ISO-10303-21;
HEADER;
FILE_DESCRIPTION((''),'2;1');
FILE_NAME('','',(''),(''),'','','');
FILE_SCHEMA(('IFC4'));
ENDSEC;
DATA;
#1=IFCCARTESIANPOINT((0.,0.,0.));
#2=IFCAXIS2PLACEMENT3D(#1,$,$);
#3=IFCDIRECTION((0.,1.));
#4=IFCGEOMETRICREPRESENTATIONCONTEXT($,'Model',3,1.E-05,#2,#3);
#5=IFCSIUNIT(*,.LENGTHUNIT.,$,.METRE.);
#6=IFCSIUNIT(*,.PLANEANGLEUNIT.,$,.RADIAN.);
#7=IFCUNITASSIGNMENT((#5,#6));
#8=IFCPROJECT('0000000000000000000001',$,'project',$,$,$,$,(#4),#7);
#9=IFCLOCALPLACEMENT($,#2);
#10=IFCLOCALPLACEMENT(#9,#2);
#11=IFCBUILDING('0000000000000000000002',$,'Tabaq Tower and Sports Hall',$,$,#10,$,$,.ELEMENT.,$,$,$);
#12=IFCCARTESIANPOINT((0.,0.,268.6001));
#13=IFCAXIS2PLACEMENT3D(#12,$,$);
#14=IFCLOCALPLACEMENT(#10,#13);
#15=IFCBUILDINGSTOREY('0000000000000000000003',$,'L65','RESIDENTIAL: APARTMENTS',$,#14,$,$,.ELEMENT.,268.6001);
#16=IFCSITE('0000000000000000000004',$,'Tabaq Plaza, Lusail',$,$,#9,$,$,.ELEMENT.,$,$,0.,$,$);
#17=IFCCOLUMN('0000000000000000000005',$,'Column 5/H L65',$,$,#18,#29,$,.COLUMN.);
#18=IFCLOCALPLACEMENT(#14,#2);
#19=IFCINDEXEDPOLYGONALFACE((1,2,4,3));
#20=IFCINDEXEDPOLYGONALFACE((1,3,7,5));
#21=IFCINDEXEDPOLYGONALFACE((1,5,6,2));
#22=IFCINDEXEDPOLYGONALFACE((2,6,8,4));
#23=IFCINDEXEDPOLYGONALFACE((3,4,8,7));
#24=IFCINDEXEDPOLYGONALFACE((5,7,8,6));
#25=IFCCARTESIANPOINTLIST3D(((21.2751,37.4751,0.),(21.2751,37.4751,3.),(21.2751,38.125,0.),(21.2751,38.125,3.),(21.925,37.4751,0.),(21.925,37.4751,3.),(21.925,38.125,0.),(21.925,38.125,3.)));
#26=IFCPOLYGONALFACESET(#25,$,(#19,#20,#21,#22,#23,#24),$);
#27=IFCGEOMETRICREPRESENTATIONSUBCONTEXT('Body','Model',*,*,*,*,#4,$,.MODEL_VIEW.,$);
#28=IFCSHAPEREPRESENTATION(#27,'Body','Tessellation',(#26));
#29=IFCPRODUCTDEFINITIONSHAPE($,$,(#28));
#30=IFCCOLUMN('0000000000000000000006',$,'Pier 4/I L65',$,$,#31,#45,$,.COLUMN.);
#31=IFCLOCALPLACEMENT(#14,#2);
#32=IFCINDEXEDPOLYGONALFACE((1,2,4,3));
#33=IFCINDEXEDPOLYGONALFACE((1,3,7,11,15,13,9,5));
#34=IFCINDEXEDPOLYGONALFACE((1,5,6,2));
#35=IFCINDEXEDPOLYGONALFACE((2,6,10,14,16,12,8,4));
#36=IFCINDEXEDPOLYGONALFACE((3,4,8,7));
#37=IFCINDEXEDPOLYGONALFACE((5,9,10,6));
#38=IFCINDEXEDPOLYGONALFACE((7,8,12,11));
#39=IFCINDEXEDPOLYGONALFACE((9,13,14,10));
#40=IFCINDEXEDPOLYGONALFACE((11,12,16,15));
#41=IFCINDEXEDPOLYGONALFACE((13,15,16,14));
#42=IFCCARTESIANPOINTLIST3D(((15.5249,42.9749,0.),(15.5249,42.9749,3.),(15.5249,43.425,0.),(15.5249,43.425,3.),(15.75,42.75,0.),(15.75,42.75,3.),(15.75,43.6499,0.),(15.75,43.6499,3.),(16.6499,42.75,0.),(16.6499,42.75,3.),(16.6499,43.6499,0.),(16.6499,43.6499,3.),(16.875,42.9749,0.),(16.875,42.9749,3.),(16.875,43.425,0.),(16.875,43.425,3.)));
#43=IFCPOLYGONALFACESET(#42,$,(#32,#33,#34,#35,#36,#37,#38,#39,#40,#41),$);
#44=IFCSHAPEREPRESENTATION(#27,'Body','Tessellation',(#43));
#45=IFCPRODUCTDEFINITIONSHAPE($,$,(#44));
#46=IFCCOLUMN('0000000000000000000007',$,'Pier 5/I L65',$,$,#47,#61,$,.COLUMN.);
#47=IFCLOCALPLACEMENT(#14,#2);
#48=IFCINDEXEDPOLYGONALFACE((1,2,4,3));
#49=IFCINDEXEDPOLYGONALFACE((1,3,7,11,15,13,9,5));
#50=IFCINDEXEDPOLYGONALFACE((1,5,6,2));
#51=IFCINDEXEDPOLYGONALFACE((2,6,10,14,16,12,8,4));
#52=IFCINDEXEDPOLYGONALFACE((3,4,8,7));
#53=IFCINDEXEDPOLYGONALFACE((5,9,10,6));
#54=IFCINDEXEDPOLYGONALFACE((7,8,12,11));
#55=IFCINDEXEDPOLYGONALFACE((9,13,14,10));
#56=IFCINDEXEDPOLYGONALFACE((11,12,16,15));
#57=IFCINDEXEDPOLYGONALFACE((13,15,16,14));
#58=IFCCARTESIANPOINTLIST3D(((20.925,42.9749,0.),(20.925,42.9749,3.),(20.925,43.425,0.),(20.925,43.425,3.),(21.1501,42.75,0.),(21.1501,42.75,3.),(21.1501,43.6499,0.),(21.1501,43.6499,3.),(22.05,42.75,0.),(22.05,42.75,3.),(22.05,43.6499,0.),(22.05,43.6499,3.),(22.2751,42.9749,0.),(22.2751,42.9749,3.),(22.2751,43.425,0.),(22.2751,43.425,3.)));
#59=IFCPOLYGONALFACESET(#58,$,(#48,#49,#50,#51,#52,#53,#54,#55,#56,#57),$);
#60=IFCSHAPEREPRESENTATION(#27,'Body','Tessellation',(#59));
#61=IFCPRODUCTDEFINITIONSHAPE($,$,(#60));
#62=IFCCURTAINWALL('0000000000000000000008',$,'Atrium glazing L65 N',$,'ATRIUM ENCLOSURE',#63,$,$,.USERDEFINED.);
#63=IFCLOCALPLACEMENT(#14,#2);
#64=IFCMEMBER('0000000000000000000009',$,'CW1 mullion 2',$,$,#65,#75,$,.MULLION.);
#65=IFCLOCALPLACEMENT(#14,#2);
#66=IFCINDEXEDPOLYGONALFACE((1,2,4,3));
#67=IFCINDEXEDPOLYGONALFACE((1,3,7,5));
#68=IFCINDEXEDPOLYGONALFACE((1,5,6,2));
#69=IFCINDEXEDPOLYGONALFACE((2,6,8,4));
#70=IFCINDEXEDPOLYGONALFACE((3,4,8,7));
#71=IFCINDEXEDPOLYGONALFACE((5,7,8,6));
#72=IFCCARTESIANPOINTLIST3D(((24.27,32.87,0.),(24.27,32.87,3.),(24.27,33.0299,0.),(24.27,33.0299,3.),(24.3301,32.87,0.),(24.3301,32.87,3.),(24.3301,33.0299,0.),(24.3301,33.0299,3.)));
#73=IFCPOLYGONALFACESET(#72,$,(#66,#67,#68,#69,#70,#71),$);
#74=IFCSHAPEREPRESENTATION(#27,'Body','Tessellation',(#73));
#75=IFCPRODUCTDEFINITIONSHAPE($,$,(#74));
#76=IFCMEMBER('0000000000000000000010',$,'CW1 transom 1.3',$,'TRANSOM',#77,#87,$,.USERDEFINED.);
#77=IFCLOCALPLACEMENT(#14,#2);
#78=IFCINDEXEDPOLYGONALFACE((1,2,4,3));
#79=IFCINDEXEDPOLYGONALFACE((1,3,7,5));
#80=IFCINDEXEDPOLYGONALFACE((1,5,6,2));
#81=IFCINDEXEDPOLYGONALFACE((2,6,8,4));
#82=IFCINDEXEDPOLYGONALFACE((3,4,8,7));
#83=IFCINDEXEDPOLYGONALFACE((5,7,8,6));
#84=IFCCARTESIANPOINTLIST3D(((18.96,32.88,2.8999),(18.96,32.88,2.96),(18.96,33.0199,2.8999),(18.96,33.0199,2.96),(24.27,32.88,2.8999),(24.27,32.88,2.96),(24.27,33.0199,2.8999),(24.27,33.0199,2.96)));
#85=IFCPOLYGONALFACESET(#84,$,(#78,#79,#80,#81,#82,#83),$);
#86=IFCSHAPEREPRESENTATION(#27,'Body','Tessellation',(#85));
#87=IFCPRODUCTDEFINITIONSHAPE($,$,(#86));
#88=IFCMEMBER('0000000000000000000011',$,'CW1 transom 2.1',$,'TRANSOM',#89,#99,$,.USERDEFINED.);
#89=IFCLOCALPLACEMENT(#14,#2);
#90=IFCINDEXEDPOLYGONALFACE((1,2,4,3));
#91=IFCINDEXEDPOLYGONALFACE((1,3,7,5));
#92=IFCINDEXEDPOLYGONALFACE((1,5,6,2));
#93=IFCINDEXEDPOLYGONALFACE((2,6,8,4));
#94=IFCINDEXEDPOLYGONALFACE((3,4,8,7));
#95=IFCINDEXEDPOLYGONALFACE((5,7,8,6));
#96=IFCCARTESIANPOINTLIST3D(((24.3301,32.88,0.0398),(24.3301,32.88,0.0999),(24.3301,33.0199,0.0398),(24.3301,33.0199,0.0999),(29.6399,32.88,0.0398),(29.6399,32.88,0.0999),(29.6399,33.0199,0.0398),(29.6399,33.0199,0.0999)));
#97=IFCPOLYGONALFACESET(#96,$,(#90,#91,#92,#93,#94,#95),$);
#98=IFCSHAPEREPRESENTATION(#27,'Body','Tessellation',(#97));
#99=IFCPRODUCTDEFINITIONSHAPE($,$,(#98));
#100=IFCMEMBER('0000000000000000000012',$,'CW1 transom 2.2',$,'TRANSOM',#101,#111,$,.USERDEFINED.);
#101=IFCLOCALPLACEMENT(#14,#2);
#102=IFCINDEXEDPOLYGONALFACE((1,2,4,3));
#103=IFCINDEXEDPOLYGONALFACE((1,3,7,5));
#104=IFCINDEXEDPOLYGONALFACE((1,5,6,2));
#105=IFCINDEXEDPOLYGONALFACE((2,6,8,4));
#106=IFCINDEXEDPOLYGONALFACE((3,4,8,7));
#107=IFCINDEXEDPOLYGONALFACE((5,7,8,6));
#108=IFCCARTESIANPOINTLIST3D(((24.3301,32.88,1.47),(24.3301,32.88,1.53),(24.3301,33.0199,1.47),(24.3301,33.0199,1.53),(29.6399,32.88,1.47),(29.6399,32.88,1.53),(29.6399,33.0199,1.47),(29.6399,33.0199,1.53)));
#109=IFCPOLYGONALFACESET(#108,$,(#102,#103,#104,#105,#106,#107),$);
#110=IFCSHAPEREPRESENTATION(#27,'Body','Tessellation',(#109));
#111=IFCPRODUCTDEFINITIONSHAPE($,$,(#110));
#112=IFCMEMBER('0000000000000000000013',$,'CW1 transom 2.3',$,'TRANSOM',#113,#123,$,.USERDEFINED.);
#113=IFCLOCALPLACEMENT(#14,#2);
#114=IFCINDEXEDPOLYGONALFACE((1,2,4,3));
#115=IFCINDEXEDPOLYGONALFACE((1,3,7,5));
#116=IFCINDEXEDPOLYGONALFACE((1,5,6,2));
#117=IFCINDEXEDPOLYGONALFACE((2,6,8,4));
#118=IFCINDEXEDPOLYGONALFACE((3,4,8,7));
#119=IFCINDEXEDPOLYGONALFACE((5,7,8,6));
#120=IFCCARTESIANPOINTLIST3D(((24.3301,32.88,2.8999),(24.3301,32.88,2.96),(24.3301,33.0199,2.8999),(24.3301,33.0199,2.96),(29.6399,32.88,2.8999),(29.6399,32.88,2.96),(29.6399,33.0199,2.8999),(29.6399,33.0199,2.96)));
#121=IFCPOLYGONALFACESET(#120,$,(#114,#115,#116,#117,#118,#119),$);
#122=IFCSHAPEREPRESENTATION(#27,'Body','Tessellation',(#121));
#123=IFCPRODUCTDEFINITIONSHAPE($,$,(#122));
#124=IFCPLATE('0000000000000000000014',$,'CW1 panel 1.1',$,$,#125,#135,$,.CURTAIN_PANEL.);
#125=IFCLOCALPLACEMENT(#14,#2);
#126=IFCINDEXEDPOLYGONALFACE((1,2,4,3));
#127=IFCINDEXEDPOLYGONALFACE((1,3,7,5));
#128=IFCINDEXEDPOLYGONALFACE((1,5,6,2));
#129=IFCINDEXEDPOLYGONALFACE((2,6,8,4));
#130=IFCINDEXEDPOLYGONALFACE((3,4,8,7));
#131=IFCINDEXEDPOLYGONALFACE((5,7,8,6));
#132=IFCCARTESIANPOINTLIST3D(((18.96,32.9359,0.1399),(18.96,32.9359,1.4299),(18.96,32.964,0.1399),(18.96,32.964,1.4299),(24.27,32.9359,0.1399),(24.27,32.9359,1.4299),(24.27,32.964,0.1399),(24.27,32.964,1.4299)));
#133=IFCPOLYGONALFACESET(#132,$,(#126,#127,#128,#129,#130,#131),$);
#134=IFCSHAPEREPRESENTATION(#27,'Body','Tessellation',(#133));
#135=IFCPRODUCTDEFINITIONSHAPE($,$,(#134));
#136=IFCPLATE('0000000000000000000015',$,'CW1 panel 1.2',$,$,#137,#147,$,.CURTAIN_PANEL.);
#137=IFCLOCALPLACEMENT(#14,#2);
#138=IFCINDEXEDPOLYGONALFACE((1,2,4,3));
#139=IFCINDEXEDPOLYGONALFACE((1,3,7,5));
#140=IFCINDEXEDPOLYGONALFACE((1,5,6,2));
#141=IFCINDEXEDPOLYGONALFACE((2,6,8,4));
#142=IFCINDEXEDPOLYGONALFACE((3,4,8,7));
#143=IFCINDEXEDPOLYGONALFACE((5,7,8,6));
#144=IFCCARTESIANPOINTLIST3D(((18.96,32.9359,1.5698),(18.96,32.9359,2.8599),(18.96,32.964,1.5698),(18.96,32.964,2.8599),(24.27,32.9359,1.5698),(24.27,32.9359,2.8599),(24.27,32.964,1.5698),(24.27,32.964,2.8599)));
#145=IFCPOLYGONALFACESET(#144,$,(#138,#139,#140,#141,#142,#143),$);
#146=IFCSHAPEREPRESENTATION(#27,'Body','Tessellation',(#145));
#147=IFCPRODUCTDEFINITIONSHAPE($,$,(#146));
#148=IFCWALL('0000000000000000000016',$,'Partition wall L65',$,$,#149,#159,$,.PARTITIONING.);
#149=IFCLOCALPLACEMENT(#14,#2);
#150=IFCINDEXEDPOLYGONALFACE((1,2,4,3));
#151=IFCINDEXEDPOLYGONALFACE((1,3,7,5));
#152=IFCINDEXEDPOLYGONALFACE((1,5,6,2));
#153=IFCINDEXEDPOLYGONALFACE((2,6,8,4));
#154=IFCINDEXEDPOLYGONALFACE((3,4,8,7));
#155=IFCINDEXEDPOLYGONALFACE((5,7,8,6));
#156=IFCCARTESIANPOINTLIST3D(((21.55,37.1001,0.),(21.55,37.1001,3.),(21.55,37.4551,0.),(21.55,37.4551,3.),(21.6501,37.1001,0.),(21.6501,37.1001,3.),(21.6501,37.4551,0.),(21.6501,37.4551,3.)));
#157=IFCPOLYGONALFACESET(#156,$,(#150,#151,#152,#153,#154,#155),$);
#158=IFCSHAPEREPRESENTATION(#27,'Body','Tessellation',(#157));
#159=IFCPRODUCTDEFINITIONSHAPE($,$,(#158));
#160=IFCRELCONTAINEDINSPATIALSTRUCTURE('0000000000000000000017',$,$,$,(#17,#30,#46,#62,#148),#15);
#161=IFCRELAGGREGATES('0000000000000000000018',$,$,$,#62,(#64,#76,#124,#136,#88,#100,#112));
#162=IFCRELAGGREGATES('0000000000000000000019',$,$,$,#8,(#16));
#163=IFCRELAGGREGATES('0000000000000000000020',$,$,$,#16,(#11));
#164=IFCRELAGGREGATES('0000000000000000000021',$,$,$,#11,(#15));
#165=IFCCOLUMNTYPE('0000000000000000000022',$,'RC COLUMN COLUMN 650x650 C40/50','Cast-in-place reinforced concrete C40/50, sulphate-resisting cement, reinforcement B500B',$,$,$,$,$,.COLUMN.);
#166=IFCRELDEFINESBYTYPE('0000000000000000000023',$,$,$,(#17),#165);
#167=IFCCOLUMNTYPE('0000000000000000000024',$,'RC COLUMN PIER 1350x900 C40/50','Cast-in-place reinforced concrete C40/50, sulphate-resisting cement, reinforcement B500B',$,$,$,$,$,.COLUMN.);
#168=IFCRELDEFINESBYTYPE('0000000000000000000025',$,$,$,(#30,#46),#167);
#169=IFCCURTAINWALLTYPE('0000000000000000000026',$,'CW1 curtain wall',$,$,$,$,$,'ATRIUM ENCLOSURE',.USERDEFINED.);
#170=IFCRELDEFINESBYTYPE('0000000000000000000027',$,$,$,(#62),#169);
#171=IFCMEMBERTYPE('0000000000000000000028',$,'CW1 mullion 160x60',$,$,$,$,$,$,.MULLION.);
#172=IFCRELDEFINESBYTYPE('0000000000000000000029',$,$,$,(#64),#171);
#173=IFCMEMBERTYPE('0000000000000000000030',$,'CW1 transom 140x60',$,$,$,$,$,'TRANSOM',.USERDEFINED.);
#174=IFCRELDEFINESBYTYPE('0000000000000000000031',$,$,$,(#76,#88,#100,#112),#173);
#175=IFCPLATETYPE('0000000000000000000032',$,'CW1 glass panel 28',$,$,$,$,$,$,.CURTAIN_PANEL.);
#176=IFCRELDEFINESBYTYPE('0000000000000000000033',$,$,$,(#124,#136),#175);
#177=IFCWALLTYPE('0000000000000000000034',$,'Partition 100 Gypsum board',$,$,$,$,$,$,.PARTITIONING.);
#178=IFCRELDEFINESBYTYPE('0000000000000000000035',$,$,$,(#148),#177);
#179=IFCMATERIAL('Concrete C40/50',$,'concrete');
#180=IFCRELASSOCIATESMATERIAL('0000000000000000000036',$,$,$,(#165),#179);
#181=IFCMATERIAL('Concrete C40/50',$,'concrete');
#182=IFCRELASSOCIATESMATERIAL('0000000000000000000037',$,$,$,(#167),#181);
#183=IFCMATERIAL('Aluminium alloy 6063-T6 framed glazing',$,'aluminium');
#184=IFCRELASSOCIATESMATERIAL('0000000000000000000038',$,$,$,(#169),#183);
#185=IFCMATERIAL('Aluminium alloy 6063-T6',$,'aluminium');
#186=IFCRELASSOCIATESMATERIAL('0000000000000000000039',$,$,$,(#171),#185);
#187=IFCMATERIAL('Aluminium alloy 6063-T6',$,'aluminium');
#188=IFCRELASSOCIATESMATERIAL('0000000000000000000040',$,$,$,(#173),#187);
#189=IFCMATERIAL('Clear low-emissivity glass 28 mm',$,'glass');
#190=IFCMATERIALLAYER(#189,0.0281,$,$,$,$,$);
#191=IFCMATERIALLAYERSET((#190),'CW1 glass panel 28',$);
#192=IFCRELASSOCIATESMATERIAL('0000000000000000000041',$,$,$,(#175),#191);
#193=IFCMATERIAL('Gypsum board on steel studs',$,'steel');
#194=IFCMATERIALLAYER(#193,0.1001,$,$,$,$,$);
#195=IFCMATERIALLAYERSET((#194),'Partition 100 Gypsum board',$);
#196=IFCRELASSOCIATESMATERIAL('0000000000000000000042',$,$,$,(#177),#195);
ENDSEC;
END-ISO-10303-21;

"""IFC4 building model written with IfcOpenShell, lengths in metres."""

from ifc_helpers import new_model, si_unit, direction, frame, frame_2d, origin, origin_2d, place, context, subcontext, project, spatial, polyline, rectangle, outline, extrude, material, layer, layer_set, material_profile, profile_set, type_object, element, aggregate, save


model = new_model("IFC4")

# Units and contexts
model_context = context("Model", 3, precision=1e-05, world=origin(), true_north=direction((0.0, 1.0)))
body_context = subcontext(model_context, "Body", "Model", "MODEL_VIEW")
ifc_project = project(units=[si_unit("LENGTHUNIT", "METRE"), si_unit("PLANEANGLEUNIT", "RADIAN")], contexts=[model_context])

# Site, building, storey
site_placement = place(None, origin())
site = spatial("IfcSite", under=ifc_project, at=site_placement, Name="Tabaq Plaza, Lusail", CompositionType="ELEMENT", RefElevation=0.0)
building_placement = place(site_placement, origin())
building = spatial("IfcBuilding", under=site, at=building_placement, Name="Tabaq Tower and Sports Hall", CompositionType="ELEMENT")
storey_placement = place(building_placement, frame((0.0, 0.0, 268.6001)))
storey = spatial("IfcBuildingStorey", under=building, at=storey_placement, Name="L65", Description="RESIDENTIAL: APARTMENTS", CompositionType="ELEMENT", Elevation=268.6001)

# Columns
ifc_material_1 = material(Name="Concrete C40/50", Category="concrete")
ifc_material_profile_1 = material_profile(ifc_material_1, rectangle(XDim=0.6499, YDim=0.6499, at=origin_2d()), Name="COLUMN 650x650")
ifc_profile_set_1 = profile_set([ifc_material_profile_1], Name="Concrete C40/50")
column_type_1 = type_object("IfcColumnType", Name="RC COLUMN COLUMN 650x650 C40/50", Description="Cast-in-place reinforced concrete C40/50, sulphate-resisting cement, reinforcement B500B", PredefinedType="COLUMN", material=ifc_profile_set_1)
column_placement = place(storey_placement, frame((21.6001, 37.8, 0.0), z_axis=(0.0, 0.0, 1.0), x_axis=(1.0, 0.0, 0.0)))
element("IfcColumn", 1, at=column_placement, inside=storey, type_object=column_type_1, Name="Column 5/H L65", PredefinedType="COLUMN", context=body_context, shape_type="SweptSolid", body=[
    extrude(rectangle(XDim=0.6499, YDim=0.6499, at=origin_2d()), origin(), (0.0, 0.0, 1.0), 3.0),
])
ifc_material_2 = material(Name="Concrete C40/50", Category="concrete")
ifc_material_profile_2 = material_profile(ifc_material_2, outline(polyline([(-0.45, -0.45), (0.45, -0.45), (0.675, -0.2251), (0.675, 0.2251), (0.45, 0.45), (-0.45, 0.45), (-0.675, 0.2251), (-0.675, -0.2251), (-0.45, -0.45)])), Name="PIER 1350x900")
ifc_profile_set_2 = profile_set([ifc_material_profile_2], Name="Concrete C40/50")
column_type_2 = type_object("IfcColumnType", Name="RC COLUMN PIER 1350x900 C40/50", Description="Cast-in-place reinforced concrete C40/50, sulphate-resisting cement, reinforcement B500B", PredefinedType="COLUMN", material=ifc_profile_set_2)
for number, where, z_axis, x_axis, name in (
    (2, (16.2, 43.2, 0.0), (0.0, 0.0, 1.0), (1.0, 0.0, 0.0), "Pier 4/I L65"),
    (3, (21.6001, 43.2, 0.0), (0.0, 0.0, 1.0), (1.0, 0.0, 0.0), "Pier 5/I L65"),
):
    element("IfcColumn", number, at=place(storey_placement, frame(where, z_axis=z_axis, x_axis=x_axis)), inside=storey, type_object=column_type_2, Name=name, PredefinedType="COLUMN", context=body_context, shape_type="SweptSolid", body=[
        extrude(outline(polyline([(-0.45, -0.45), (0.45, -0.45), (0.675, -0.2251), (0.675, 0.2251), (0.45, 0.45), (-0.45, 0.45), (-0.675, 0.2251), (-0.675, -0.2251), (-0.45, -0.45)])), origin(), (0.0, 0.0, 1.0), 3.0),
    ])

# Curtain wall, members, plates
ifc_material_3 = material(Name="Aluminium alloy 6063-T6 framed glazing", Category="aluminium")
curtain_wall_type = type_object("IfcCurtainWallType", Name="CW1 curtain wall", ElementType="ATRIUM ENCLOSURE", PredefinedType="USERDEFINED", material=ifc_material_3)
curtain_wall_placement = place(storey_placement, origin())
curtain_wall = element("IfcCurtainWall", 4, at=curtain_wall_placement, inside=storey, type_object=curtain_wall_type, Name="Atrium glazing L65 N", ObjectType="ATRIUM ENCLOSURE", PredefinedType="USERDEFINED")
ifc_material_4 = material(Name="Aluminium alloy 6063-T6", Category="aluminium")
ifc_material_profile_3 = material_profile(ifc_material_4, rectangle(XDim=0.1599, YDim=0.0601, at=origin_2d()), Name="MULLION 160x60")
ifc_profile_set_3 = profile_set([ifc_material_profile_3], Name="Aluminium alloy 6063-T6")
member_type_1 = type_object("IfcMemberType", Name="CW1 mullion 160x60", PredefinedType="MULLION", material=ifc_profile_set_3)
member_1_placement = place(storey_placement, frame((24.3, 32.95, 0.0), z_axis=(0.0, 0.0, 1.0), x_axis=(0.0, 1.0, 0.0)))
member_1 = element("IfcMember", 5, at=member_1_placement, type_object=member_type_1, Name="CW1 mullion 2", PredefinedType="MULLION", context=body_context, shape_type="SweptSolid", body=[
    extrude(rectangle(XDim=0.1599, YDim=0.0601, at=origin_2d()), origin(), (0.0, 0.0, 1.0), 3.0),
])
ifc_material_5 = material(Name="Aluminium alloy 6063-T6", Category="aluminium")
ifc_material_profile_4 = material_profile(ifc_material_5, rectangle(XDim=0.1399, YDim=0.0601, at=origin_2d()), Name="TRANSOM 140x60")
ifc_profile_set_4 = profile_set([ifc_material_profile_4], Name="Aluminium alloy 6063-T6")
member_type_2 = type_object("IfcMemberType", Name="CW1 transom 140x60", ElementType="TRANSOM", PredefinedType="USERDEFINED", material=ifc_profile_set_4)
member_2_placement = place(storey_placement, frame((18.96, 32.95, 2.9299), z_axis=(1.0, 0.0, 0.0), x_axis=(0.0, 1.0, 0.0)))
member_2 = element("IfcMember", 6, at=member_2_placement, type_object=member_type_2, Name="CW1 transom 1.3", ObjectType="TRANSOM", PredefinedType="USERDEFINED", context=body_context, shape_type="SweptSolid", body=[
    extrude(rectangle(XDim=0.1399, YDim=0.0601, at=origin_2d()), origin(), (0.0, 0.0, 1.0), 5.3101),
])
member_3_placement = place(storey_placement, frame((24.3301, 32.95, 0.0698), z_axis=(1.0, 0.0, 0.0), x_axis=(0.0, 1.0, 0.0)))
member_3 = element("IfcMember", 7, at=member_3_placement, type_object=member_type_2, Name="CW1 transom 2.1", ObjectType="TRANSOM", PredefinedType="USERDEFINED", context=body_context, shape_type="SweptSolid", body=[
    extrude(rectangle(XDim=0.1399, YDim=0.0601, at=origin_2d()), origin(), (0.0, 0.0, 1.0), 5.3098),
])
member_4_placement = place(storey_placement, frame((24.3301, 32.95, 1.5), z_axis=(1.0, 0.0, 0.0), x_axis=(0.0, 1.0, 0.0)))
member_4 = element("IfcMember", 8, at=member_4_placement, type_object=member_type_2, Name="CW1 transom 2.2", ObjectType="TRANSOM", PredefinedType="USERDEFINED", context=body_context, shape_type="SweptSolid", body=[
    extrude(rectangle(XDim=0.1399, YDim=0.0601, at=origin_2d()), origin(), (0.0, 0.0, 1.0), 5.3098),
])
member_5_placement = place(storey_placement, frame((24.3301, 32.95, 2.9299), z_axis=(1.0, 0.0, 0.0), x_axis=(0.0, 1.0, 0.0)))
member_5 = element("IfcMember", 9, at=member_5_placement, type_object=member_type_2, Name="CW1 transom 2.3", ObjectType="TRANSOM", PredefinedType="USERDEFINED", context=body_context, shape_type="SweptSolid", body=[
    extrude(rectangle(XDim=0.1399, YDim=0.0601, at=origin_2d()), origin(), (0.0, 0.0, 1.0), 5.3098),
])
ifc_material_6 = material(Name="Clear low-emissivity glass 28 mm", Category="glass")
ifc_layer_1 = layer(ifc_material_6, 0.0281)
ifc_layer_set_1 = layer_set([ifc_layer_1], Name="CW1 glass panel 28")
plate_type = type_object("IfcPlateType", Name="CW1 glass panel 28", PredefinedType="CURTAIN_PANEL", material=ifc_layer_set_1)
plate_1_placement = place(storey_placement, frame((21.615, 32.95, 0.1399), z_axis=(0.0, 0.0, 1.0), x_axis=(1.0, 0.0, 0.0)))
plate_1 = element("IfcPlate", 10, at=plate_1_placement, type_object=plate_type, Name="CW1 panel 1.1", PredefinedType="CURTAIN_PANEL", context=body_context, shape_type="SweptSolid", body=[
    extrude(rectangle(XDim=5.3101, YDim=0.0281, at=origin_2d()), origin(), (0.0, 0.0, 1.0), 1.29),
])
plate_2_placement = place(storey_placement, frame((21.615, 32.95, 1.5698), z_axis=(0.0, 0.0, 1.0), x_axis=(1.0, 0.0, 0.0)))
plate_2 = element("IfcPlate", 11, at=plate_2_placement, type_object=plate_type, Name="CW1 panel 1.2", PredefinedType="CURTAIN_PANEL", context=body_context, shape_type="SweptSolid", body=[
    extrude(rectangle(XDim=5.3101, YDim=0.0281, at=origin_2d()), origin(), (0.0, 0.0, 1.0), 1.29),
])
aggregate(curtain_wall, [member_1, member_2, plate_1, plate_2, member_3, member_4, member_5])

# Wall
ifc_material_7 = material(Name="Gypsum board on steel studs", Category="steel")
ifc_layer_2 = layer(ifc_material_7, 0.1001)
ifc_layer_set_2 = layer_set([ifc_layer_2], Name="Partition 100 Gypsum board")
wall_type_1 = type_object("IfcWallType", Name="Partition 100 Gypsum board", PredefinedType="PARTITIONING", material=ifc_layer_set_2)
wall_1_placement = place(storey_placement, frame((21.6001, 37.1001, 0.0), z_axis=(0.0, 0.0, 1.0), x_axis=(0.0, 1.0, 0.0)))
element("IfcWall", 12, at=wall_1_placement, inside=storey, type_object=wall_type_1, Name="Partition wall L65", PredefinedType="PARTITIONING", context=body_context, shape_type="SweptSolid", body=[
    extrude(rectangle(XDim=0.355, YDim=0.1001, at=frame_2d((0.1775, 0.0))), origin(), (0.0, 0.0, 1.0), 3.0),
])

save(model, "model.ifc")
